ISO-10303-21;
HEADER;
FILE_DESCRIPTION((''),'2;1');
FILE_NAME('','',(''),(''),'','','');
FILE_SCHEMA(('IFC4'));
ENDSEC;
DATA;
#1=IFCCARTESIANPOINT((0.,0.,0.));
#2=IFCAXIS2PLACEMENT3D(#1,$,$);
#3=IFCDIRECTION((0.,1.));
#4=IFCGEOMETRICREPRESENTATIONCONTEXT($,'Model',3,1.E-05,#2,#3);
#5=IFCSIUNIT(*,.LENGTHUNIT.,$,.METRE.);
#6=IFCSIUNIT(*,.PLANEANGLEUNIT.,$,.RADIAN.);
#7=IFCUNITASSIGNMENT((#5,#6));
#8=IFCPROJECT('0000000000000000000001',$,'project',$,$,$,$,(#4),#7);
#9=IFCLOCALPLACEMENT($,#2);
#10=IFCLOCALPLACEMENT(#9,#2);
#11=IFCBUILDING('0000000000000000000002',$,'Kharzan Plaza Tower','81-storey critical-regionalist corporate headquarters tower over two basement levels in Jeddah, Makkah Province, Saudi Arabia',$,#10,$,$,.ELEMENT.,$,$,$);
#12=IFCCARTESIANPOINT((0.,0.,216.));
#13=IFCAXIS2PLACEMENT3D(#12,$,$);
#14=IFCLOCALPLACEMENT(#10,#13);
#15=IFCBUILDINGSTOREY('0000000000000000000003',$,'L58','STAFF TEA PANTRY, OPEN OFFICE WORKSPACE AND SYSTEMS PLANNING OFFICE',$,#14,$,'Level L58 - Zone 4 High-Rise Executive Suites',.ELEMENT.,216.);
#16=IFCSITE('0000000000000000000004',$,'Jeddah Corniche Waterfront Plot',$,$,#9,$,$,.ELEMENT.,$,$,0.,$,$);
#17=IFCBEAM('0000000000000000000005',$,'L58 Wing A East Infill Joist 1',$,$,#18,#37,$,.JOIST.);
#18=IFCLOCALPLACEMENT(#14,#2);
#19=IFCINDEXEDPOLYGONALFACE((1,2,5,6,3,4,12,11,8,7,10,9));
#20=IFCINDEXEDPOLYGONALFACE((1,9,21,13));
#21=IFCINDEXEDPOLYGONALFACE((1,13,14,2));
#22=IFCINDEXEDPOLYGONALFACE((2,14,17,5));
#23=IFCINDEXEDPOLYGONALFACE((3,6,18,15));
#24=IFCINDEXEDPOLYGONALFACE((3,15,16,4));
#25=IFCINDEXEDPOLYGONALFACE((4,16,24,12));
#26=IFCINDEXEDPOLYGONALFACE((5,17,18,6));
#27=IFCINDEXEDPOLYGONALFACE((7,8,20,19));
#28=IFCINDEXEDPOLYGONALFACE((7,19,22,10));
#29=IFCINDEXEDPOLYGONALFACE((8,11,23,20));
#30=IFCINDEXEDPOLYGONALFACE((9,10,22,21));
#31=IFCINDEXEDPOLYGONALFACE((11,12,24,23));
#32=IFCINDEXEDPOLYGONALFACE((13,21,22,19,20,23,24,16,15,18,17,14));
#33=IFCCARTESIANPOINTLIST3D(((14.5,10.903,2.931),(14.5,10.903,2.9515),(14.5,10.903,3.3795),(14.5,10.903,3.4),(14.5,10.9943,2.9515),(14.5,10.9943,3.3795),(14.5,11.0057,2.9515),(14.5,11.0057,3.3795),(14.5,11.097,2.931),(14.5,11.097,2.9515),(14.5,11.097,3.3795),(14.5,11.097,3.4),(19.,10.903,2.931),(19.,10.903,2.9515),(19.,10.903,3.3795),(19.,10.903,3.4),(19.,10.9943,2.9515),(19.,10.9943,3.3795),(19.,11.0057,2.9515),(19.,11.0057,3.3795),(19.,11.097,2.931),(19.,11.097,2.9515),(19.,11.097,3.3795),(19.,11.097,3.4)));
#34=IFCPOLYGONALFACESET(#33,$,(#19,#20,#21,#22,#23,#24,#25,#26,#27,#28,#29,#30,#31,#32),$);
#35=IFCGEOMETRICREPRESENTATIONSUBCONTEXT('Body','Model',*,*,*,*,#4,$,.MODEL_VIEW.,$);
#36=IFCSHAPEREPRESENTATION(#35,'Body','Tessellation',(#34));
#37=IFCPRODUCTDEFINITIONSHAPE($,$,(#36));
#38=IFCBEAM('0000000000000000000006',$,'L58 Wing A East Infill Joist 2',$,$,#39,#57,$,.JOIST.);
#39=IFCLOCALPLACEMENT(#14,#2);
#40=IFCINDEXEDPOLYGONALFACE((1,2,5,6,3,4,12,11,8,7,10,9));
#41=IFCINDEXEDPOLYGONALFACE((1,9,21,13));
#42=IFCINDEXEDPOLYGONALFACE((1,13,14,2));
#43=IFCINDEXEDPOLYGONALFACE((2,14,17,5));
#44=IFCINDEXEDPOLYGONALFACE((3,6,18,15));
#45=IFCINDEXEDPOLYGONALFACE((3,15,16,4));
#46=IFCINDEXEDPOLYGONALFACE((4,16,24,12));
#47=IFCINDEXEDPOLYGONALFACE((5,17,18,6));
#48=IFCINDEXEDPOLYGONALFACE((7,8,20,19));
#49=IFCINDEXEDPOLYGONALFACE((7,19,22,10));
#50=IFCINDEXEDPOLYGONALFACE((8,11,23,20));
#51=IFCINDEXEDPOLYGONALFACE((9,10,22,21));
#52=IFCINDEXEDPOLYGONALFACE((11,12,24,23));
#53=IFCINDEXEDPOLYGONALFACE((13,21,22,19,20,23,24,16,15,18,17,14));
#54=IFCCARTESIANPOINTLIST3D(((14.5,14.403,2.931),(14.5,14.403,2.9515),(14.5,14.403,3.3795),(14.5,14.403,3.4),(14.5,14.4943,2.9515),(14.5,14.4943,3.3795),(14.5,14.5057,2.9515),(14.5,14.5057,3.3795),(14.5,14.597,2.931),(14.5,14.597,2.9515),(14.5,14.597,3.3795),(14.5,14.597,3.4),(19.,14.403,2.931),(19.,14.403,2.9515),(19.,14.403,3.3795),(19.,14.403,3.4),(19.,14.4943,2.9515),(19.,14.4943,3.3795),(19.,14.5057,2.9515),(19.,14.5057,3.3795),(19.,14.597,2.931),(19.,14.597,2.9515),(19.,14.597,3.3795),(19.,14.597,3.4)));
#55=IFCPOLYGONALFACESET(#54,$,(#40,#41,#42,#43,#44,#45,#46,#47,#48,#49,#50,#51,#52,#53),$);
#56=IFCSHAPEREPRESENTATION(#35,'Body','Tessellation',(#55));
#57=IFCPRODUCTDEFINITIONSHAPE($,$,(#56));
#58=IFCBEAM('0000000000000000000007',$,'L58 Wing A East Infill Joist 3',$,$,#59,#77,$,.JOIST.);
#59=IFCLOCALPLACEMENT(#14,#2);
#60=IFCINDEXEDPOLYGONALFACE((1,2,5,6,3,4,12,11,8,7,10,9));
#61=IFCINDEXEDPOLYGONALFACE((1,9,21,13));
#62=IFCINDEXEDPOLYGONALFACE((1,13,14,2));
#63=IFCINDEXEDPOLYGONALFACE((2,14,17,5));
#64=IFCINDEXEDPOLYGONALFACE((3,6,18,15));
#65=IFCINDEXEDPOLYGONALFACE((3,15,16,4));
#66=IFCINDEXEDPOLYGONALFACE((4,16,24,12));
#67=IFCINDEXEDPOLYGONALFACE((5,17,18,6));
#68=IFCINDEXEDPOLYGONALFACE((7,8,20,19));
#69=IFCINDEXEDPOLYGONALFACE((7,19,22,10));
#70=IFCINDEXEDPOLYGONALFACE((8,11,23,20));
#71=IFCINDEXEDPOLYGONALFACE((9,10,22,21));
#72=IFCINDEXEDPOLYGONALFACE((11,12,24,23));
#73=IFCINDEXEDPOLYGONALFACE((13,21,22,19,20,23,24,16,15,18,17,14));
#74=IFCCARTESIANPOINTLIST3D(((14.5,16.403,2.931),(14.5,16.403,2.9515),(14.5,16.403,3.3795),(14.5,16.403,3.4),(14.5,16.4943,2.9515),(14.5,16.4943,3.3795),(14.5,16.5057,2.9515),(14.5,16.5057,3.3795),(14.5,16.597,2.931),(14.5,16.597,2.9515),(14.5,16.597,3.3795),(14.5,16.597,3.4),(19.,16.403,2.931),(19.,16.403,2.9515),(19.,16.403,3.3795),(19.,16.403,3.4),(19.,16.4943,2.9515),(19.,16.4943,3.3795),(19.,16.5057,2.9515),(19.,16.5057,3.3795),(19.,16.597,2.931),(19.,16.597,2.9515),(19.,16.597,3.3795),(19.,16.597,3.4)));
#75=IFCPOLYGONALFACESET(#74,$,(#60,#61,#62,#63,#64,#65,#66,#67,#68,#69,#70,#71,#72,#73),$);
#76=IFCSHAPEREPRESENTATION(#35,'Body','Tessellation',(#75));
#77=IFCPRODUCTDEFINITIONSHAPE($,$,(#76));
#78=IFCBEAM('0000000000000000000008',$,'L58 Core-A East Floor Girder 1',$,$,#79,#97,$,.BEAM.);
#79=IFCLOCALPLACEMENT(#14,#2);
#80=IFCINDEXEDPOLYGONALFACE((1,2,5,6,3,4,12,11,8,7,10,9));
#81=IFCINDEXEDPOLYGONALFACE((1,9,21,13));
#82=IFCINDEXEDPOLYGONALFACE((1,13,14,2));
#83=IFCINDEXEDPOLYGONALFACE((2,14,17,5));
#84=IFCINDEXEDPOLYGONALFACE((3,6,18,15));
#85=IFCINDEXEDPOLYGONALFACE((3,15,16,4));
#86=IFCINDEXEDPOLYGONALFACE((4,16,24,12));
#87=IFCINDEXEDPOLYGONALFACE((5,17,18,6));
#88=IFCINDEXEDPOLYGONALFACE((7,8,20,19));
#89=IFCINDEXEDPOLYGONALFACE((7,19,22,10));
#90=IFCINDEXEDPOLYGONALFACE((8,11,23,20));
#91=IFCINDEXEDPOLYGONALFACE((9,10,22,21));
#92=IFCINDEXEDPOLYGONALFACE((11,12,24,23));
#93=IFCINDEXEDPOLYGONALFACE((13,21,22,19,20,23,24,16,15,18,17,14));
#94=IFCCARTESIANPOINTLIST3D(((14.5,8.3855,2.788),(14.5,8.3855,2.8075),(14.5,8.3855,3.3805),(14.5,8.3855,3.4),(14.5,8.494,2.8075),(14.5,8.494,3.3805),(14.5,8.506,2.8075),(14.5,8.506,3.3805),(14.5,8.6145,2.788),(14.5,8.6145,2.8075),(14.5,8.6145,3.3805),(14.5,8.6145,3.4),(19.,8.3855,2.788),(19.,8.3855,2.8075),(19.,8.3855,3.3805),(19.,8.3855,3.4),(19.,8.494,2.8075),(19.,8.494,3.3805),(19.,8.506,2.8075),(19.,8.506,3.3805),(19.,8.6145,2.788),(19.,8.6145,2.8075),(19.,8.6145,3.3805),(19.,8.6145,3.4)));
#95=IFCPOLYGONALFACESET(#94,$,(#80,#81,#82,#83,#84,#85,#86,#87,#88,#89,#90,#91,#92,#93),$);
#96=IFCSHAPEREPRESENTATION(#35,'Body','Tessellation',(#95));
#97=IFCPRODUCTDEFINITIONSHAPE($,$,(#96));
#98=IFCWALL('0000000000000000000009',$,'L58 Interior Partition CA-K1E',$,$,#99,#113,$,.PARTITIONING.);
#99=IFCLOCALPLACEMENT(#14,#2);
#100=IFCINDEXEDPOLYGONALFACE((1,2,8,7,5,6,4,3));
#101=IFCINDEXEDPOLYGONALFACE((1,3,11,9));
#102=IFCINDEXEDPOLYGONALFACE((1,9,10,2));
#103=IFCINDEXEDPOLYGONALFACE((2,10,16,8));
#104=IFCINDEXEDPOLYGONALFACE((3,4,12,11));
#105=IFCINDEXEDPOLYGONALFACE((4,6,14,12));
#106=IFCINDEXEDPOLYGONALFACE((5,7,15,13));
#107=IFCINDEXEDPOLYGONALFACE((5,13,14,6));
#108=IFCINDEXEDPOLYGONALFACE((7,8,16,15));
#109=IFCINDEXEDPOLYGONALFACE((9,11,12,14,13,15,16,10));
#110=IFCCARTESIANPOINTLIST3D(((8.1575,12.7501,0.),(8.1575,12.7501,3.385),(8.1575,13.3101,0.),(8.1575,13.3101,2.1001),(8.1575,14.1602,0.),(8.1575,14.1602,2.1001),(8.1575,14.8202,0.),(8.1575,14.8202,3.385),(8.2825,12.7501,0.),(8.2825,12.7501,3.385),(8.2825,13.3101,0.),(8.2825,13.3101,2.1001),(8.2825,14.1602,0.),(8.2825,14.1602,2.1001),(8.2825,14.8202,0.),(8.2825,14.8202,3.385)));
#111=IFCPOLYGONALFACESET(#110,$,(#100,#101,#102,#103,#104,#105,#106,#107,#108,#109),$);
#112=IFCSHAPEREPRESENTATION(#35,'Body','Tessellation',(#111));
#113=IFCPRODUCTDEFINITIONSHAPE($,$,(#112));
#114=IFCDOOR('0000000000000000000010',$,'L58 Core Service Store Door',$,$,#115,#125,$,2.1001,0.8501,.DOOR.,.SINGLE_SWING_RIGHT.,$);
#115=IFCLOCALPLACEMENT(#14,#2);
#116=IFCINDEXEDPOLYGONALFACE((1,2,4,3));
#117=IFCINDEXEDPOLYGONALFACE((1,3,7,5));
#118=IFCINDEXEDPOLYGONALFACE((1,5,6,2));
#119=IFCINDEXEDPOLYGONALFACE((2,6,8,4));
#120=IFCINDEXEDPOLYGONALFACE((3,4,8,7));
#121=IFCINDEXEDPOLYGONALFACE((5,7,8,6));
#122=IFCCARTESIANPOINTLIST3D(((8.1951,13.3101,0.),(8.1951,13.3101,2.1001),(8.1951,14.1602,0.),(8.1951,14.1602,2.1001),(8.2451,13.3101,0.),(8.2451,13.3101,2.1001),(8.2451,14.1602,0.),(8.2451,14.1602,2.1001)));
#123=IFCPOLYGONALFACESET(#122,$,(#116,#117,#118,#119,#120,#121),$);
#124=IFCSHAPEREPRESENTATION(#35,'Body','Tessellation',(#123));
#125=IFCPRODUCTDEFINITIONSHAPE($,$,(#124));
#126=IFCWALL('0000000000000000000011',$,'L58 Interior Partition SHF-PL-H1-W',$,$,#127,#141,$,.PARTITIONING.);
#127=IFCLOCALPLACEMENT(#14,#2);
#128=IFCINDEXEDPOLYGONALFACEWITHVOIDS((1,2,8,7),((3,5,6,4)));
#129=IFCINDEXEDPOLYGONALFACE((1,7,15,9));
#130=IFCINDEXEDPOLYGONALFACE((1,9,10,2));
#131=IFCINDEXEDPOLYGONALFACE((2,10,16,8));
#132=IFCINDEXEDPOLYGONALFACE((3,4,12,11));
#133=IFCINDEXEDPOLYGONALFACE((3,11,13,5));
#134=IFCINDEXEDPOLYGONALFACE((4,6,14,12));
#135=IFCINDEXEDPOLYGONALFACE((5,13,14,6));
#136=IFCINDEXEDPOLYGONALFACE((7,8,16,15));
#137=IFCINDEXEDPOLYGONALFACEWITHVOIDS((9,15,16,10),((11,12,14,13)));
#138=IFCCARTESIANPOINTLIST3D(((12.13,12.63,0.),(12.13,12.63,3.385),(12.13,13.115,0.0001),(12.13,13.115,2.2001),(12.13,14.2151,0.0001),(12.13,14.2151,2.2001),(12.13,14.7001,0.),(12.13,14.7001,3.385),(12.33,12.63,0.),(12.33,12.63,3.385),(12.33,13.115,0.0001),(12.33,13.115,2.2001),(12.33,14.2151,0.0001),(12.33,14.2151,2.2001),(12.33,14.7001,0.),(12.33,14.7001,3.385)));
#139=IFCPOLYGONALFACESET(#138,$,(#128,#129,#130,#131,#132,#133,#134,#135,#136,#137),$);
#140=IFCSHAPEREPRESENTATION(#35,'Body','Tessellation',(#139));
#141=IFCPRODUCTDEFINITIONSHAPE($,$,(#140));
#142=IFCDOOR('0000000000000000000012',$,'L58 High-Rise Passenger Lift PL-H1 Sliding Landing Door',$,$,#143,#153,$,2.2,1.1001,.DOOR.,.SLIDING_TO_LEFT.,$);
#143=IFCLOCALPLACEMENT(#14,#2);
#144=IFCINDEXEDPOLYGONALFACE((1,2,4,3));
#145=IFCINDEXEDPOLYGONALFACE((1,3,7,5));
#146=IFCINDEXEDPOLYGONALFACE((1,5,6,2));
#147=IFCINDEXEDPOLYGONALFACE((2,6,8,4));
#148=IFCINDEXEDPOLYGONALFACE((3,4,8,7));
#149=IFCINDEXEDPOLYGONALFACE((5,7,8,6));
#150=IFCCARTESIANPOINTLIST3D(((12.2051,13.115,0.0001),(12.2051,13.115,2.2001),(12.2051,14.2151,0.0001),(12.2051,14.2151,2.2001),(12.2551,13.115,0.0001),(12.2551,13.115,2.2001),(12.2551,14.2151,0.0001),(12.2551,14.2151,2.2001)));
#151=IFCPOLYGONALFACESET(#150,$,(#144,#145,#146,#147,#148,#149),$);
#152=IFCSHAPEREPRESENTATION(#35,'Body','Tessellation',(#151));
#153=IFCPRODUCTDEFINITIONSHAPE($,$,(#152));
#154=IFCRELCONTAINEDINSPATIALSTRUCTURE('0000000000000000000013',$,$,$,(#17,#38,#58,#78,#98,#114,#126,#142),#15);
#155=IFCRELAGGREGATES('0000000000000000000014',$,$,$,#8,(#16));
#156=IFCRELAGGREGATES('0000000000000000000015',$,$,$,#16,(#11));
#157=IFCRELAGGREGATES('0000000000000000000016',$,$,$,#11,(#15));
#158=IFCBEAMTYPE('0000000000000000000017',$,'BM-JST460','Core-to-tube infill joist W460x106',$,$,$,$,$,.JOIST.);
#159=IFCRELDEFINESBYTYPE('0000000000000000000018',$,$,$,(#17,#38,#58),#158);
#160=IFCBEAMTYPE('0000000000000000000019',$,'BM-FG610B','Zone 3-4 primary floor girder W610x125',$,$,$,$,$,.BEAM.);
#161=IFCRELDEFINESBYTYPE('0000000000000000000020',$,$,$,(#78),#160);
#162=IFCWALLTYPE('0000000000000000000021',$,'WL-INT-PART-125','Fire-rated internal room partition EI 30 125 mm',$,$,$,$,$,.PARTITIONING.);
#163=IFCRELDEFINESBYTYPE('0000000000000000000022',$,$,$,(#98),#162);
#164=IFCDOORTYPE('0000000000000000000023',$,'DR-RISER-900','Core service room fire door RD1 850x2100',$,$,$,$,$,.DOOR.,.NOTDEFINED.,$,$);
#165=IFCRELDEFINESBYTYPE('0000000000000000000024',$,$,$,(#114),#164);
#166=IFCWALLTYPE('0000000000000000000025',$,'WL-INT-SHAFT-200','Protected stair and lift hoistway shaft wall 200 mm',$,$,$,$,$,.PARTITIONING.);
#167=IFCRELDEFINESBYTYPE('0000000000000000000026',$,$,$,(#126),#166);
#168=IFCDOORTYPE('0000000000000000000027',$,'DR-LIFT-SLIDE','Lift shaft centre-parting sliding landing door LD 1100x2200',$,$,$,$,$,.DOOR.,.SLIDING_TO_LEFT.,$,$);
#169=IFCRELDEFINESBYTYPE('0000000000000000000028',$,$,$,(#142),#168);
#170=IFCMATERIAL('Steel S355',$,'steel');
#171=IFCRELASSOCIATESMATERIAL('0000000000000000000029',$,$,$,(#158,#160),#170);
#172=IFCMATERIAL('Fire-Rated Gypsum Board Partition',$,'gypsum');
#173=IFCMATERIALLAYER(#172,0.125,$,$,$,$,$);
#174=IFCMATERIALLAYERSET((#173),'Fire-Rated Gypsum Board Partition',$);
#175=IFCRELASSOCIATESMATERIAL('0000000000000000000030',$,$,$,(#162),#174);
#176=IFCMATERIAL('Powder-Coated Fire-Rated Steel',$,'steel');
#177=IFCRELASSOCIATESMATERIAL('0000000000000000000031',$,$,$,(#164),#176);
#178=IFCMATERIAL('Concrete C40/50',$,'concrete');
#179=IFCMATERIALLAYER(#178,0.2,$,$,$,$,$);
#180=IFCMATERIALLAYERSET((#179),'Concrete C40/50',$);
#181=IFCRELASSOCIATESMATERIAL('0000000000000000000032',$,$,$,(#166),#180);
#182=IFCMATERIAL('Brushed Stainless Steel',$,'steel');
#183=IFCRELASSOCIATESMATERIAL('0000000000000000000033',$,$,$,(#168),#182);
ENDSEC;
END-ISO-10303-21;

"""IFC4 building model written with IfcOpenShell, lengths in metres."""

from ifc_helpers import new_model, si_unit, direction, frame, frame_2d, origin, origin_2d, place, context, subcontext, project, spatial, rectangle, i_section, extrude, source, transform, mapped, material, layer, layer_set, material_profile, profile_set, type_object, element, fill, save


model = new_model("IFC4")

# Units and contexts
model_context = context("Model", 3, precision=1e-05, world=origin(), true_north=direction((0.0, 1.0)))
body_context = subcontext(model_context, "Body", "Model", "MODEL_VIEW")
ifc_project = project(units=[si_unit("LENGTHUNIT", "METRE"), si_unit("PLANEANGLEUNIT", "RADIAN")], contexts=[model_context])

# Site, building, storey
site_placement = place(None, origin())
site = spatial("IfcSite", under=ifc_project, at=site_placement, Name="Jeddah Corniche Waterfront Plot", CompositionType="ELEMENT", RefElevation=0.0)
building_placement = place(site_placement, origin())
building = spatial("IfcBuilding", under=site, at=building_placement, Name="Kharzan Plaza Tower", Description="81-storey critical-regionalist corporate headquarters tower over two basement levels in Jeddah, Makkah Province, Saudi Arabia", CompositionType="ELEMENT")
storey_placement = place(building_placement, frame((0.0, 0.0, 216.0)))
storey = spatial("IfcBuildingStorey", under=building, at=storey_placement, Name="L58", Description="STAFF TEA PANTRY, OPEN OFFICE WORKSPACE AND SYSTEMS PLANNING OFFICE", LongName="Level L58 - Zone 4 High-Rise Executive Suites", CompositionType="ELEMENT", Elevation=216.0)

# Beams
ifc_material_1 = material(Name="Steel S355", Category="steel")
ifc_material_profile_1 = material_profile(ifc_material_1, i_section(OverallWidth=0.1941, OverallDepth=0.469, WebThickness=0.0115, FlangeThickness=0.0205, at=origin_2d()), Name="W460x106")
ifc_profile_set_1 = profile_set([ifc_material_profile_1], Name="Steel S355")
beam_type_1 = type_object("IfcBeamType", Name="BM-JST460", Description="Core-to-tube infill joist W460x106", PredefinedType="JOIST", material=ifc_profile_set_1)
shared_shape_1 = source(origin(), body_context, "Body", "SweptSolid", [
    extrude(i_section(OverallWidth=0.1941, OverallDepth=0.469, WebThickness=0.0115, FlangeThickness=0.0205, at=origin_2d()), origin(), (0.0, 0.0, 1.0), 4.5),
])
for number, where, z_axis, x_axis, name in (
    (1, (14.5, 11.0, 3.1655), (1.0, 0.0, 0.0), (0.0, 1.0, 0.0), "L58 Wing A East Infill Joist 1"),
    (2, (14.5, 14.5, 3.1655), (1.0, 0.0, 0.0), (0.0, 1.0, 0.0), "L58 Wing A East Infill Joist 2"),
    (3, (14.5, 16.5, 3.1655), (1.0, 0.0, 0.0), (0.0, 1.0, 0.0), "L58 Wing A East Infill Joist 3"),
):
    element("IfcBeam", number, at=place(storey_placement, frame(where, z_axis=z_axis, x_axis=x_axis)), inside=storey, type_object=beam_type_1, Name=name, PredefinedType="JOIST", context=body_context, shape_type="MappedRepresentation", body=[
        mapped(shared_shape_1, transform((0.0, 0.0, 0.0), x_axis=(1.0, 0.0, 0.0), y_axis=(0.0, 1.0, 0.0), z_axis=(0.0, 0.0, 1.0))),
    ])
ifc_material_profile_2 = material_profile(ifc_material_1, i_section(OverallWidth=0.229, OverallDepth=0.6121, WebThickness=0.012, FlangeThickness=0.0195, at=origin_2d()), Name="W610x125")
ifc_profile_set_2 = profile_set([ifc_material_profile_2], Name="Steel S355")
beam_type_2 = type_object("IfcBeamType", Name="BM-FG610B", Description="Zone 3-4 primary floor girder W610x125", PredefinedType="BEAM", material=ifc_profile_set_2)
shared_shape_2 = source(origin(), body_context, "Body", "SweptSolid", [
    extrude(i_section(OverallWidth=0.229, OverallDepth=0.6121, WebThickness=0.012, FlangeThickness=0.0195, at=origin_2d()), origin(), (0.0, 0.0, 1.0), 4.5),
])
beam_placement = place(storey_placement, frame((14.5, 8.5, 3.094), z_axis=(1.0, 0.0, 0.0), x_axis=(0.0, 1.0, 0.0)))
element("IfcBeam", 4, at=beam_placement, inside=storey, type_object=beam_type_2, Name="L58 Core-A East Floor Girder 1", PredefinedType="BEAM", context=body_context, shape_type="MappedRepresentation", body=[
    mapped(shared_shape_2, transform((0.0, 0.0, 0.0), x_axis=(1.0, 0.0, 0.0), y_axis=(0.0, 1.0, 0.0), z_axis=(0.0, 0.0, 1.0))),
])

# Walls, openings, doors
ifc_material_2 = material(Name="Fire-Rated Gypsum Board Partition", Category="gypsum")
ifc_layer_1 = layer(ifc_material_2, 0.125)
ifc_layer_set_1 = layer_set([ifc_layer_1], Name="Fire-Rated Gypsum Board Partition")
wall_type_1 = type_object("IfcWallType", Name="WL-INT-PART-125", Description="Fire-rated internal room partition EI 30 125 mm", PredefinedType="PARTITIONING", material=ifc_layer_set_1)
wall_1_placement = place(storey_placement, frame((8.22, 12.75, 0.0), z_axis=(0.0, 0.0, 1.0), x_axis=(0.0, 1.0, 0.0)))
wall_1 = element("IfcWall", 5, at=wall_1_placement, inside=storey, type_object=wall_type_1, Name="L58 Interior Partition CA-K1E", PredefinedType="PARTITIONING", context=body_context, shape_type="SweptSolid", body=[
    extrude(rectangle(XDim=2.0701, YDim=0.125, at=frame_2d((1.0352, 0.0))), origin(), (0.0, 0.0, 1.0), 3.385),
])
opening_1_placement = place(wall_1_placement, frame((0.5601, 0.0, 0.0)))
opening_1 = element("IfcOpeningElement", 6, at=opening_1_placement, cuts=wall_1, PredefinedType="OPENING", context=body_context, shape_type="SweptSolid", body=[
    extrude(rectangle(XDim=0.8501, YDim=2.1001, at=frame_2d((0.425, 1.05))), frame((0.0, 0.0725, 0.0), z_axis=(0.0, -1.0, 0.0), x_axis=(1.0, 0.0, 0.0)), (0.0, 0.0, 1.0), 0.145),
])
ifc_material_3 = material(Name="Powder-Coated Fire-Rated Steel", Category="steel")
door_type_1 = type_object("IfcDoorType", Name="DR-RISER-900", Description="Core service room fire door RD1 850x2100", OperationType="NOTDEFINED", PredefinedType="DOOR", material=ifc_material_3)
shared_shape_3 = source(origin(), body_context, "Body", "SweptSolid", [
    extrude(rectangle(XDim=0.8501, YDim=2.1001, at=frame_2d((0.425, 1.05))), frame((0.0, 0.0249, 0.0), z_axis=(0.0, -1.0, 0.0), x_axis=(1.0, 0.0, 0.0)), (0.0, 0.0, 1.0), 0.05),
])
door_1_placement = place(opening_1_placement, origin())
door_1 = element("IfcDoor", 7, at=door_1_placement, inside=storey, type_object=door_type_1, Name="L58 Core Service Store Door", OperationType="SINGLE_SWING_RIGHT", OverallHeight=2.1001, OverallWidth=0.8501, PredefinedType="DOOR", context=body_context, shape_type="MappedRepresentation", body=[
    mapped(shared_shape_3, transform((0.0, 0.0, 0.0), x_axis=(1.0, 0.0, 0.0), y_axis=(0.0, 1.0, 0.0), z_axis=(0.0, 0.0, 1.0))),
])
fill(opening_1, door_1)
ifc_material_4 = material(Name="Concrete C40/50", Category="concrete")
ifc_layer_2 = layer(ifc_material_4, 0.2)
ifc_layer_set_2 = layer_set([ifc_layer_2], Name="Concrete C40/50")
wall_type_2 = type_object("IfcWallType", Name="WL-INT-SHAFT-200", Description="Protected stair and lift hoistway shaft wall 200 mm", PredefinedType="PARTITIONING", material=ifc_layer_set_2)
wall_2_placement = place(storey_placement, frame((12.23, 12.6299, 0.0), z_axis=(0.0, 0.0, 1.0), x_axis=(0.0, 1.0, 0.0)))
wall_2 = element("IfcWall", 8, at=wall_2_placement, inside=storey, type_object=wall_type_2, Name="L58 Interior Partition SHF-PL-H1-W", PredefinedType="PARTITIONING", context=body_context, shape_type="SweptSolid", body=[
    extrude(rectangle(XDim=2.0701, YDim=0.2, at=frame_2d((1.0352, 0.0))), origin(), (0.0, 0.0, 1.0), 3.385),
])
opening_2_placement = place(wall_2_placement, frame((0.4851, 0.0, 0.0)))
opening_2 = element("IfcOpeningElement", 9, at=opening_2_placement, cuts=wall_2, PredefinedType="OPENING", context=body_context, shape_type="SweptSolid", body=[
    extrude(rectangle(XDim=1.1001, YDim=2.2, at=frame_2d((0.55, 1.1001))), frame((0.0, 0.1099, 0.0), z_axis=(0.0, -1.0, 0.0), x_axis=(1.0, 0.0, 0.0)), (0.0, 0.0, 1.0), 0.22),
])
ifc_material_5 = material(Name="Brushed Stainless Steel", Category="steel")
door_type_2 = type_object("IfcDoorType", Name="DR-LIFT-SLIDE", Description="Lift shaft centre-parting sliding landing door LD 1100x2200", OperationType="SLIDING_TO_LEFT", PredefinedType="DOOR", material=ifc_material_5)
shared_shape_4 = source(origin(), body_context, "Body", "SweptSolid", [
    extrude(rectangle(XDim=1.1001, YDim=2.2, at=frame_2d((0.55, 1.1001))), frame((0.0, 0.0249, 0.0), z_axis=(0.0, -1.0, 0.0), x_axis=(1.0, 0.0, 0.0)), (0.0, 0.0, 1.0), 0.05),
])
door_2_placement = place(opening_2_placement, origin())
door_2 = element("IfcDoor", 10, at=door_2_placement, inside=storey, type_object=door_type_2, Name="L58 High-Rise Passenger Lift PL-H1 Sliding Landing Door", OperationType="SLIDING_TO_LEFT", OverallHeight=2.2, OverallWidth=1.1001, PredefinedType="DOOR", context=body_context, shape_type="MappedRepresentation", body=[
    mapped(shared_shape_4, transform((0.0, 0.0, 0.0), x_axis=(1.0, 0.0, 0.0), y_axis=(0.0, 1.0, 0.0), z_axis=(0.0, 0.0, 1.0))),
])
fill(opening_2, door_2)

save(model, "model.ifc")
